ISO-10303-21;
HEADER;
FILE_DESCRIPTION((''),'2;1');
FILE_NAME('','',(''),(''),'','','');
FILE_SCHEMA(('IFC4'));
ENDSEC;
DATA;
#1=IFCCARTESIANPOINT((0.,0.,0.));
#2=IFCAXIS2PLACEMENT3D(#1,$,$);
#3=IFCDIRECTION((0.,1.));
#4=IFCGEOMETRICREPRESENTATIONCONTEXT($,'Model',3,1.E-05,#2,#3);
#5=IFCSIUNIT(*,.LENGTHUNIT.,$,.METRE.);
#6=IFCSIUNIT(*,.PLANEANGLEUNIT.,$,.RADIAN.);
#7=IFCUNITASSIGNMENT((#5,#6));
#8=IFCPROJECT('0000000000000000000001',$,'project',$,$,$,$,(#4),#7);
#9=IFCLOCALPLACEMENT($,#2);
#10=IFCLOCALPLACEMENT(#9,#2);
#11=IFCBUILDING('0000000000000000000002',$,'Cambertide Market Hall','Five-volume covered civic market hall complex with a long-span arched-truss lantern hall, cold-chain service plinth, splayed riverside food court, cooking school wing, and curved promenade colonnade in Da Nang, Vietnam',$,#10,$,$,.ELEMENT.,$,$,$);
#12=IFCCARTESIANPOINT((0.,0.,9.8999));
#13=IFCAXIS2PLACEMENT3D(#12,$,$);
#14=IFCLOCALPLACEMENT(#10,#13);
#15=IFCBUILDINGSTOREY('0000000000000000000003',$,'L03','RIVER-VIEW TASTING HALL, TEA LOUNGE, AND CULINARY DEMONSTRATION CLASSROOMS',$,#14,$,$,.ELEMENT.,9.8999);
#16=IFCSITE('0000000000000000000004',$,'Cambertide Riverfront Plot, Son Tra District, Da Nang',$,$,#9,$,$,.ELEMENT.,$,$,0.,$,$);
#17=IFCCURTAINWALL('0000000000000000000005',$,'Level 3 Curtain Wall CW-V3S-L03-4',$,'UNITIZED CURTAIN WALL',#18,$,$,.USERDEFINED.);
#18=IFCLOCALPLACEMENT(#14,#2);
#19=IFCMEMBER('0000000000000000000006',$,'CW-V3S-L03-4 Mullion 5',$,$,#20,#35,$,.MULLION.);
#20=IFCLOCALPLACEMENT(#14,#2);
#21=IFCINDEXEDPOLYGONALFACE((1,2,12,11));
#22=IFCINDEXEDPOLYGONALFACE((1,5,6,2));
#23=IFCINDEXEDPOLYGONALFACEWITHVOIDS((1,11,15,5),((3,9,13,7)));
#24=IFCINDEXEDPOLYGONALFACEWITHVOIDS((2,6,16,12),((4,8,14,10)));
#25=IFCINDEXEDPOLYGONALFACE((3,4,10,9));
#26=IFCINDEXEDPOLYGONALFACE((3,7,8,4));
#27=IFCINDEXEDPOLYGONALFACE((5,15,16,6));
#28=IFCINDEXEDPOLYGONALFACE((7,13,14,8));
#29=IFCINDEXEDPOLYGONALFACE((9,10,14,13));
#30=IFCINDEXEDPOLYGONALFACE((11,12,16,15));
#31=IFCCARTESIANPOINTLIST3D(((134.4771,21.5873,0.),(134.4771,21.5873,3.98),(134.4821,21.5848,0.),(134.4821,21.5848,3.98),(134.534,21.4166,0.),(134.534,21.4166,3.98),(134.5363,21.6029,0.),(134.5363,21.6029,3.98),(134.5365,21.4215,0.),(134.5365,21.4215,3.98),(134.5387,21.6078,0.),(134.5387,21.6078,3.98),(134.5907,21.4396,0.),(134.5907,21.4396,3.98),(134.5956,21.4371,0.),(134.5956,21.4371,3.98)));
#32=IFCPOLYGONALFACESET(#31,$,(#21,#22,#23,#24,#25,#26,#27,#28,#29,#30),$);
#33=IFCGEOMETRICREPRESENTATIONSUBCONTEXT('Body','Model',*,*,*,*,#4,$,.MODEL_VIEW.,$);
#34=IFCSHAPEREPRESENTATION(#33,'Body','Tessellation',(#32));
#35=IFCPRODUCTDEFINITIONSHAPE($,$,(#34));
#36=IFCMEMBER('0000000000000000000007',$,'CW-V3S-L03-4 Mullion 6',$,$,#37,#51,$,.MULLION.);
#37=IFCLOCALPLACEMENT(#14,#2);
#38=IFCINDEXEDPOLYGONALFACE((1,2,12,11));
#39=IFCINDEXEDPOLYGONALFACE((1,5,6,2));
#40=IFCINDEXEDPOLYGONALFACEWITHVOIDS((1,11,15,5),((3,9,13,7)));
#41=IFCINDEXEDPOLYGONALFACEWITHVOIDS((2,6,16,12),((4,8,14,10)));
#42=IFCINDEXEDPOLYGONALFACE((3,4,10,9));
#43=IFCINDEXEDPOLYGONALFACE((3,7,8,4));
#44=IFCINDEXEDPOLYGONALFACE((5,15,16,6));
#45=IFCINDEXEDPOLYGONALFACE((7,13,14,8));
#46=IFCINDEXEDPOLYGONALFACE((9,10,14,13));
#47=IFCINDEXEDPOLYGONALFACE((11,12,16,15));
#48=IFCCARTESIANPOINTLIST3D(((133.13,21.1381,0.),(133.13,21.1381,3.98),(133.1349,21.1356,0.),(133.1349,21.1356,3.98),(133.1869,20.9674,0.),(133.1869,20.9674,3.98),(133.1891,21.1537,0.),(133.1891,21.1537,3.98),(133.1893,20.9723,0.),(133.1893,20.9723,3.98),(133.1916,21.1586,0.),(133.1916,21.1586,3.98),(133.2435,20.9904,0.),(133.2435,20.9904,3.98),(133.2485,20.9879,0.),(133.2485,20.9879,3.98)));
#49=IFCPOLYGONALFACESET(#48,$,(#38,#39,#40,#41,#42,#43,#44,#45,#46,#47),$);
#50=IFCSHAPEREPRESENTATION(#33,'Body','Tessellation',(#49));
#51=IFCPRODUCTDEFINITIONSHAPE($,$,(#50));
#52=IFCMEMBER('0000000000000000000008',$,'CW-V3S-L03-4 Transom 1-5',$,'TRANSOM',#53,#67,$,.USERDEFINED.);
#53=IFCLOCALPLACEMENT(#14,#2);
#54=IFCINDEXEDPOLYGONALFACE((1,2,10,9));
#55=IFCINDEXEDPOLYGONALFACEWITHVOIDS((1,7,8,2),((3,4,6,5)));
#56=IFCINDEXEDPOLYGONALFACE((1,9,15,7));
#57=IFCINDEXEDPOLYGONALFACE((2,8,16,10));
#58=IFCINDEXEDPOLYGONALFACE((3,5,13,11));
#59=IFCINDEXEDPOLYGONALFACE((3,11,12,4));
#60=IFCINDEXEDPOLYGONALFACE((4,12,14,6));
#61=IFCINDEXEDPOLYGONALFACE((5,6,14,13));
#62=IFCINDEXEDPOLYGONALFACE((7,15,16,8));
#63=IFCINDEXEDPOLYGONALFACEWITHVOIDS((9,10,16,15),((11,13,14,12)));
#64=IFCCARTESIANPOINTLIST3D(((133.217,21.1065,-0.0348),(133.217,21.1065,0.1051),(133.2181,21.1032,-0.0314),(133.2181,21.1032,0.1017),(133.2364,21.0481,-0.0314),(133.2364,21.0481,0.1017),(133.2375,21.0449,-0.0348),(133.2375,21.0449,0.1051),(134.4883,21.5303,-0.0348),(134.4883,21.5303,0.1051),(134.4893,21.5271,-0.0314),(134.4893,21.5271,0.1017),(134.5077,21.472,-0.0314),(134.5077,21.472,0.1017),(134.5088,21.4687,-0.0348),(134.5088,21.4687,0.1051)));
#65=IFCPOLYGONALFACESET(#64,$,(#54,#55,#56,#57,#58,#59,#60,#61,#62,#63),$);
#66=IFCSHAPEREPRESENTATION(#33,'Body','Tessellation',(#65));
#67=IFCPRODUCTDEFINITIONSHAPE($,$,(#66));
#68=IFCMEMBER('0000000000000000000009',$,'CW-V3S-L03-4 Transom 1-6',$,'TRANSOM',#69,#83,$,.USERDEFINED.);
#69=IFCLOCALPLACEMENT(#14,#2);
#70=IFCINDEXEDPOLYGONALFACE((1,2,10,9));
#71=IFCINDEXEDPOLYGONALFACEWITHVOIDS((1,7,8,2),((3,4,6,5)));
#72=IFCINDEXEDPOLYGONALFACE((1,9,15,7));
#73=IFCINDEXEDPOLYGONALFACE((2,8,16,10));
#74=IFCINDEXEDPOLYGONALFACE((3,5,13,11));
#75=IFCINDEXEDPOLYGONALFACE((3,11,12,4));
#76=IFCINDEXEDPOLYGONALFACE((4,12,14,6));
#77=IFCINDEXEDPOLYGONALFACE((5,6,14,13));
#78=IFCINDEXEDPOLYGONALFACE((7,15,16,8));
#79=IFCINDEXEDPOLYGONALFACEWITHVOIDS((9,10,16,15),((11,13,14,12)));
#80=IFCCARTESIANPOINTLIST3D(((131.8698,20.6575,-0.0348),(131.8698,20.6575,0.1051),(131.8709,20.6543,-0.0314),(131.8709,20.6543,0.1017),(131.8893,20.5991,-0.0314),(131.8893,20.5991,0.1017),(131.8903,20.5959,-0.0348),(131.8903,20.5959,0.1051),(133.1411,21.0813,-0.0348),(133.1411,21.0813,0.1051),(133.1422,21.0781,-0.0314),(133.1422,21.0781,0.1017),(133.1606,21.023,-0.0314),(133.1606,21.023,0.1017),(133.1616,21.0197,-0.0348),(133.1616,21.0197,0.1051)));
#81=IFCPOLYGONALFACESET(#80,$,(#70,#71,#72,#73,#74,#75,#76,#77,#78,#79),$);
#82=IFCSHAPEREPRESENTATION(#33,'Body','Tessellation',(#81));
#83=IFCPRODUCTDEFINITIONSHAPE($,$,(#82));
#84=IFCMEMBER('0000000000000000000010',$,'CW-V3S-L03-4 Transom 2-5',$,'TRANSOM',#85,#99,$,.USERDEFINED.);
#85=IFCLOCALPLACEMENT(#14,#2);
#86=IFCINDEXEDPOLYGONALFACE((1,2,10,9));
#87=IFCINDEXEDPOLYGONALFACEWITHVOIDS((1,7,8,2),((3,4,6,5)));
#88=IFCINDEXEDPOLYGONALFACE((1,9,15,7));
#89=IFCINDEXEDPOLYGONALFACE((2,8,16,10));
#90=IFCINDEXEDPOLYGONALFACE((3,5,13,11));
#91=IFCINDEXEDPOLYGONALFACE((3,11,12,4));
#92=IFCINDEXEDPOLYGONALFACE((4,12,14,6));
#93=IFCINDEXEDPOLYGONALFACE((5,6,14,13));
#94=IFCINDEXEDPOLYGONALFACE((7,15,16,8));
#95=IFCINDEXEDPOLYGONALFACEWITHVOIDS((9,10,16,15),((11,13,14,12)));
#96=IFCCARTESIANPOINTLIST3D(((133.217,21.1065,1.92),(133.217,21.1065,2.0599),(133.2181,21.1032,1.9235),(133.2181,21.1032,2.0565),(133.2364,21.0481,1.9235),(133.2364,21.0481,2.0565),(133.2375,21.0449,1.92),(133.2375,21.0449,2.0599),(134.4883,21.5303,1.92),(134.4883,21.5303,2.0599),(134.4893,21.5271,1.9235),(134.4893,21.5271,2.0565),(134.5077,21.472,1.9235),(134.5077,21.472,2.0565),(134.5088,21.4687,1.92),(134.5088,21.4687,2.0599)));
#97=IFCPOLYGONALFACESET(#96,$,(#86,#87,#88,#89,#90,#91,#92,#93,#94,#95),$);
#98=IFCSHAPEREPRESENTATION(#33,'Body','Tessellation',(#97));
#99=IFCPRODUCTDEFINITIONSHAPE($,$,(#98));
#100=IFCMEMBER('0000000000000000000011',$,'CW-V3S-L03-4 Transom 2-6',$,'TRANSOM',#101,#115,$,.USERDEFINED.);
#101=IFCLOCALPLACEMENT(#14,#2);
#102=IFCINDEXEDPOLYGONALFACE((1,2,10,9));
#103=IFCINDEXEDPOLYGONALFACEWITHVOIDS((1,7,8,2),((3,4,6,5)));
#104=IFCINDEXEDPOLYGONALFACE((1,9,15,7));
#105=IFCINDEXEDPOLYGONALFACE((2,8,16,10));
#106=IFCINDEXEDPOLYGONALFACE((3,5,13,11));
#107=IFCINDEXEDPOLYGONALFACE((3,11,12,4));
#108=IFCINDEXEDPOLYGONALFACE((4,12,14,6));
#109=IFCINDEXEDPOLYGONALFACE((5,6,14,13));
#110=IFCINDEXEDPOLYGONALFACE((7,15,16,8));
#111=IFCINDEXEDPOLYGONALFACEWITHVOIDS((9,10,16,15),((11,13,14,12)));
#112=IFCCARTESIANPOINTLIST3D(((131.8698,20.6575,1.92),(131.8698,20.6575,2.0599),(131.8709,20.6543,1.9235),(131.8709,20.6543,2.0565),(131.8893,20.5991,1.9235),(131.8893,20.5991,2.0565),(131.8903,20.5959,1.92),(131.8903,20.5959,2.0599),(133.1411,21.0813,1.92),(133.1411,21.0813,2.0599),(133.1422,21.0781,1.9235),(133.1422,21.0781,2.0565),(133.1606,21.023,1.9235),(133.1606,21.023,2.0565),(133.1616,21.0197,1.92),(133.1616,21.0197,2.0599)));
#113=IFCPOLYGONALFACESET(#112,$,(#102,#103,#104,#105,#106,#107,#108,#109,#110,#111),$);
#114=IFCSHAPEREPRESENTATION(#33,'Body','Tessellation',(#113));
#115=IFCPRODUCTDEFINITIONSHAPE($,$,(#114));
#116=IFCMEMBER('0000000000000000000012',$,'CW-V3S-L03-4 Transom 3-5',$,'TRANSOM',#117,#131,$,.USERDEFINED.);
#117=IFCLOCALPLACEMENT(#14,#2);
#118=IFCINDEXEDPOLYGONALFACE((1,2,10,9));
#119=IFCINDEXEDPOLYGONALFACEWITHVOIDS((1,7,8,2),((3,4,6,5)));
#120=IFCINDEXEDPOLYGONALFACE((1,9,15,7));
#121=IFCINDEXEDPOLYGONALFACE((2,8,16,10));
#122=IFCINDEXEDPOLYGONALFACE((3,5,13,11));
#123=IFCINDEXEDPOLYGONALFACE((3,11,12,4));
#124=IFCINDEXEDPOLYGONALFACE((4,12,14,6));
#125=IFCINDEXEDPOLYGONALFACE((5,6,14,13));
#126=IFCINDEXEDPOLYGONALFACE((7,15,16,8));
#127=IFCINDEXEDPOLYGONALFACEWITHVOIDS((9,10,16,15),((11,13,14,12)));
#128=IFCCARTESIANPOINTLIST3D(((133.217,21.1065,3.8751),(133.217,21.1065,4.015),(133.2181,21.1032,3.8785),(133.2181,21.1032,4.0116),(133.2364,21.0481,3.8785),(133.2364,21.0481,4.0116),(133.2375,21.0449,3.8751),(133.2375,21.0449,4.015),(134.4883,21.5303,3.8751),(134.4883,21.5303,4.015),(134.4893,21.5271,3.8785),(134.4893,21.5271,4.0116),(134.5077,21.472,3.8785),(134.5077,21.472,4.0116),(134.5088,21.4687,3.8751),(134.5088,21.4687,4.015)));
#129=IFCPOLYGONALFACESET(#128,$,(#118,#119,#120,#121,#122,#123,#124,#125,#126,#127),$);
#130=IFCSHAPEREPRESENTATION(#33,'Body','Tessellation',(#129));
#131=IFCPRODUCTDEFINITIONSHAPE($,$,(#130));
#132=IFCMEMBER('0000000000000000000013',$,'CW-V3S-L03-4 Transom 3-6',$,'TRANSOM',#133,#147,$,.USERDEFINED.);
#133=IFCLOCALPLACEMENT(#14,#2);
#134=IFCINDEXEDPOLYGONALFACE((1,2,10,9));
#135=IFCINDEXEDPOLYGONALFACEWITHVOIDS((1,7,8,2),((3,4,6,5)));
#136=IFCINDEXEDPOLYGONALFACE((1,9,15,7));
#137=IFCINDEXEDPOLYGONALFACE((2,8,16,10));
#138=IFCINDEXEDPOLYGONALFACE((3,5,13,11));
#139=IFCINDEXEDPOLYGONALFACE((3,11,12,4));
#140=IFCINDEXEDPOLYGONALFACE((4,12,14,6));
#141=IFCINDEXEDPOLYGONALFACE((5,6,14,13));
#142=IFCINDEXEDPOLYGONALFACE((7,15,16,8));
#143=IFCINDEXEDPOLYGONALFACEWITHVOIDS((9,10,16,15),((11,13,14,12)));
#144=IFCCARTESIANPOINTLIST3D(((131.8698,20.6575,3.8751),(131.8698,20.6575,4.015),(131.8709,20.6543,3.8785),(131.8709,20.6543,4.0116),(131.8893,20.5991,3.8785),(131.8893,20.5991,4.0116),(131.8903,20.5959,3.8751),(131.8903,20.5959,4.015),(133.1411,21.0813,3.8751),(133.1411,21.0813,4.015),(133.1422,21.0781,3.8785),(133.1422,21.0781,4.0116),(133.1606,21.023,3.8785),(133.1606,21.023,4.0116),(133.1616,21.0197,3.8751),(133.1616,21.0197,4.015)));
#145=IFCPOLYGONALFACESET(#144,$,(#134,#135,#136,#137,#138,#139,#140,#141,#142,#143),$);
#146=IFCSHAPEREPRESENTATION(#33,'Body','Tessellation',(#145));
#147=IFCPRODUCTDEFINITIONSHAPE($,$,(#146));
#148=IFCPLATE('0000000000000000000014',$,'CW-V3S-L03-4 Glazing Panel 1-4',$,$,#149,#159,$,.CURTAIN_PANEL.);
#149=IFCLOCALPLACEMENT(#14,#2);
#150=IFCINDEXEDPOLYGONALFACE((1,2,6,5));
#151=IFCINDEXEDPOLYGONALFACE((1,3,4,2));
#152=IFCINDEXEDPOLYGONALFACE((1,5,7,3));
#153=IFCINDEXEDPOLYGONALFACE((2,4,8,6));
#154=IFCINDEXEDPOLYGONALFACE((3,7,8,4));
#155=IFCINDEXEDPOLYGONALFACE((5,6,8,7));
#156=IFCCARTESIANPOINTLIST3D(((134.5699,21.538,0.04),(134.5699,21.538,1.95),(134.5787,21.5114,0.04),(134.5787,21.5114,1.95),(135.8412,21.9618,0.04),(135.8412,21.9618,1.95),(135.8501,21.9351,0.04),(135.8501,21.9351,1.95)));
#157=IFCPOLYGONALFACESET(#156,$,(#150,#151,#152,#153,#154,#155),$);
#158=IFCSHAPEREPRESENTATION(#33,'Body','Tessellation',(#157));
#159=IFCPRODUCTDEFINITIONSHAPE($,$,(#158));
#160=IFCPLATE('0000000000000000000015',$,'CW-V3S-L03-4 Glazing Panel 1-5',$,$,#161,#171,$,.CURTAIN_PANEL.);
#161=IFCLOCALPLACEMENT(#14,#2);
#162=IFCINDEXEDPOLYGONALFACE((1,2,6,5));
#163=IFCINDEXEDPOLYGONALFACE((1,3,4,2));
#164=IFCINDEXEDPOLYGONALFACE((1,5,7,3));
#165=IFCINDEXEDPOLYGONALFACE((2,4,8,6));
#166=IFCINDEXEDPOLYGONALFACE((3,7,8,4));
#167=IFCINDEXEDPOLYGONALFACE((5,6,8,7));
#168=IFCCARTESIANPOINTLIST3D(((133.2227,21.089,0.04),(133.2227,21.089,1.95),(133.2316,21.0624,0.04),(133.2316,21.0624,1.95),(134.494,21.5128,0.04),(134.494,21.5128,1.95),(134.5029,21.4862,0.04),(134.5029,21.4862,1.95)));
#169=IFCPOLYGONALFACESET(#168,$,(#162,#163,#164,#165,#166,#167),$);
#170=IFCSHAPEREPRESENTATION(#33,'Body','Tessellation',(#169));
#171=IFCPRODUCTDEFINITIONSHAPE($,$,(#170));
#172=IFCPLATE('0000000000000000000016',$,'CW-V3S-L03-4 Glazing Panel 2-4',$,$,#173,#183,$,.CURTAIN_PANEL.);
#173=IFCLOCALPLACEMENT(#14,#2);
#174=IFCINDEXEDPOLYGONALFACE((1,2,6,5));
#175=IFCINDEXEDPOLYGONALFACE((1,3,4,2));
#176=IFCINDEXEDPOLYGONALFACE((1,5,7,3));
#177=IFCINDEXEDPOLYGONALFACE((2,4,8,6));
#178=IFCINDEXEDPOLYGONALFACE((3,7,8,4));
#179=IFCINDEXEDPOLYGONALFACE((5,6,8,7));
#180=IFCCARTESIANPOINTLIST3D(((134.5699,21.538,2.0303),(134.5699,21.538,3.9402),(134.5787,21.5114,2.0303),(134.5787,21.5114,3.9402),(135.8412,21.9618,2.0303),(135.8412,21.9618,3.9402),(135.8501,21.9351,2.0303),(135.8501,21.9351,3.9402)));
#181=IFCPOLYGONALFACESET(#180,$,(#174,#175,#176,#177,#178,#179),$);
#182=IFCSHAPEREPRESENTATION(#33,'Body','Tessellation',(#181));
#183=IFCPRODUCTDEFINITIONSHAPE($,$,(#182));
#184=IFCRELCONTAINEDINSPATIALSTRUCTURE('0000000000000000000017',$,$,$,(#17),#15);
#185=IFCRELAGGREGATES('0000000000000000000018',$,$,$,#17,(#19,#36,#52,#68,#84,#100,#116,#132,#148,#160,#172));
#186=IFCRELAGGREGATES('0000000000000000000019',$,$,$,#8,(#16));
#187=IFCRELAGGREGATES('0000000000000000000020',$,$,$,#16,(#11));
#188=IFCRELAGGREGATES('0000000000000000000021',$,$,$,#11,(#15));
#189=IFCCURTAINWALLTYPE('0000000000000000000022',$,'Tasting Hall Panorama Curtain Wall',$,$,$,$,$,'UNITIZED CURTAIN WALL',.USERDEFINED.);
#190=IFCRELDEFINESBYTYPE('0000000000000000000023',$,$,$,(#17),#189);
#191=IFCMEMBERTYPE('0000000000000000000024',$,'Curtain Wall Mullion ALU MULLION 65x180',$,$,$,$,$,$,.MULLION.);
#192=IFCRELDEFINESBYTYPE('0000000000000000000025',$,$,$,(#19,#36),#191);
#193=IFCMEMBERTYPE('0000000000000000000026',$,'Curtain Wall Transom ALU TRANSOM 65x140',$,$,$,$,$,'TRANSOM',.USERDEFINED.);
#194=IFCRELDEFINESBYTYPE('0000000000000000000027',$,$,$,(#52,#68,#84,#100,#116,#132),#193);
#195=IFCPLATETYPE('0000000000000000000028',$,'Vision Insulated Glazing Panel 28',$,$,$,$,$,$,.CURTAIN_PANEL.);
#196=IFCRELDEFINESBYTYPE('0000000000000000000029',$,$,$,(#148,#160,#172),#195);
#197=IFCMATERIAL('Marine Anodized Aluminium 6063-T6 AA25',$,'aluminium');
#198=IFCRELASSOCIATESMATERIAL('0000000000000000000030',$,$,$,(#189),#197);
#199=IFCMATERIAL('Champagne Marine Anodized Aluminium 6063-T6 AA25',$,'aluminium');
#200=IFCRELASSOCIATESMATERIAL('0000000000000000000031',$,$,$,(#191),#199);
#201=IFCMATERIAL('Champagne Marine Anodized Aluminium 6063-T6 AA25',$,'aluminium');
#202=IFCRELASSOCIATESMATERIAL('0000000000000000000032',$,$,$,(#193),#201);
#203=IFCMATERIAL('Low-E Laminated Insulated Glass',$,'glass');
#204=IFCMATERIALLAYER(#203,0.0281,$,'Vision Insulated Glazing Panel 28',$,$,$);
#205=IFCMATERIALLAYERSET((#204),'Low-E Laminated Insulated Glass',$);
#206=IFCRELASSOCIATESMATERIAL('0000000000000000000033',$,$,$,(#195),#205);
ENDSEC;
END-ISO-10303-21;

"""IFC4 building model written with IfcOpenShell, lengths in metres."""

from ifc_helpers import new_model, si_unit, direction, frame, origin, origin_2d, place, context, subcontext, project, spatial, rectangle, hollow_rectangle, extrude, material, layer, layer_set, material_profile, profile_set, type_object, element, aggregate, save


model = new_model("IFC4")

# Units and contexts
model_context = context("Model", 3, precision=1e-05, world=origin(), true_north=direction((0.0, 1.0)))
body_context = subcontext(model_context, "Body", "Model", "MODEL_VIEW")
ifc_project = project(units=[si_unit("LENGTHUNIT", "METRE"), si_unit("PLANEANGLEUNIT", "RADIAN")], contexts=[model_context])

# Site, building, storey
site_placement = place(None, origin())
site = spatial("IfcSite", under=ifc_project, at=site_placement, Name="Cambertide Riverfront Plot, Son Tra District, Da Nang", CompositionType="ELEMENT", RefElevation=0.0)
building_placement = place(site_placement, origin())
building = spatial("IfcBuilding", under=site, at=building_placement, Name="Cambertide Market Hall", Description="Five-volume covered civic market hall complex with a long-span arched-truss lantern hall, cold-chain service plinth, splayed riverside food court, cooking school wing, and curved promenade colonnade in Da Nang, Vietnam", CompositionType="ELEMENT")
storey_placement = place(building_placement, frame((0.0, 0.0, 9.8999)))
storey = spatial("IfcBuildingStorey", under=building, at=storey_placement, Name="L03", Description="RIVER-VIEW TASTING HALL, TEA LOUNGE, AND CULINARY DEMONSTRATION CLASSROOMS", CompositionType="ELEMENT", Elevation=9.8999)

# Curtain wall, members, plates
ifc_material_1 = material(Name="Marine Anodized Aluminium 6063-T6 AA25", Category="aluminium")
curtain_wall_type = type_object("IfcCurtainWallType", Name="Tasting Hall Panorama Curtain Wall", ElementType="UNITIZED CURTAIN WALL", PredefinedType="USERDEFINED", material=ifc_material_1)
curtain_wall_placement = place(storey_placement, origin())
curtain_wall = element("IfcCurtainWall", 1, at=curtain_wall_placement, inside=storey, type_object=curtain_wall_type, Name="Level 3 Curtain Wall CW-V3S-L03-4", ObjectType="UNITIZED CURTAIN WALL", PredefinedType="USERDEFINED")
ifc_material_2 = material(Name="Champagne Marine Anodized Aluminium 6063-T6 AA25", Category="aluminium")
ifc_material_profile_1 = material_profile(ifc_material_2, hollow_rectangle(XDim=0.0649, YDim=0.1799, WallThickness=0.0039, at=origin_2d()), Name="ALU MULLION 65x180")
ifc_profile_set_1 = profile_set([ifc_material_profile_1], Name="Champagne Marine Anodized Aluminium 6063-T6 AA25")
member_type_1 = type_object("IfcMemberType", Name="Curtain Wall Mullion ALU MULLION 65x180", PredefinedType="MULLION", material=ifc_profile_set_1)
member_1_placement = place(storey_placement, frame((134.5364, 21.5122, 0.0), z_axis=(0.0, 0.0, 1.0), x_axis=(-0.948683, -0.316228, 0.0)))
member_1 = element("IfcMember", 2, at=member_1_placement, type_object=member_type_1, Name="CW-V3S-L03-4 Mullion 5", PredefinedType="MULLION", context=body_context, shape_type="SweptSolid", body=[
    extrude(hollow_rectangle(XDim=0.0649, YDim=0.1799, WallThickness=0.0039, at=origin_2d()), origin(), (0.0, 0.0, 1.0), 3.98),
])
member_2_placement = place(storey_placement, frame((133.1892, 21.063, 0.0), z_axis=(0.0, 0.0, 1.0), x_axis=(-0.948683, -0.316228, 0.0)))
member_2 = element("IfcMember", 3, at=member_2_placement, type_object=member_type_1, Name="CW-V3S-L03-4 Mullion 6", PredefinedType="MULLION", context=body_context, shape_type="SweptSolid", body=[
    extrude(hollow_rectangle(XDim=0.0649, YDim=0.1799, WallThickness=0.0039, at=origin_2d()), origin(), (0.0, 0.0, 1.0), 3.98),
])
ifc_material_3 = material(Name="Champagne Marine Anodized Aluminium 6063-T6 AA25", Category="aluminium")
ifc_material_profile_2 = material_profile(ifc_material_3, hollow_rectangle(XDim=0.0649, YDim=0.1399, WallThickness=0.0034, at=origin_2d()), Name="ALU TRANSOM 65x140")
ifc_profile_set_2 = profile_set([ifc_material_profile_2], Name="Champagne Marine Anodized Aluminium 6063-T6 AA25")
member_type_2 = type_object("IfcMemberType", Name="Curtain Wall Transom ALU TRANSOM 65x140", ElementType="TRANSOM", PredefinedType="USERDEFINED", material=ifc_profile_set_2)
member_3_placement = place(storey_placement, frame((134.4985, 21.4995, 0.0352), z_axis=(-0.948665, -0.316282, 0.0), x_axis=(0.316282, -0.948665, 0.0)))
member_3 = element("IfcMember", 4, at=member_3_placement, type_object=member_type_2, Name="CW-V3S-L03-4 Transom 1-5", ObjectType="TRANSOM", PredefinedType="USERDEFINED", context=body_context, shape_type="SweptSolid", body=[
    extrude(hollow_rectangle(XDim=0.0649, YDim=0.1399, WallThickness=0.0034, at=origin_2d()), origin(), (0.0, 0.0, 1.0), 1.3401),
])
member_4_placement = place(storey_placement, frame((133.1514, 21.0505, 0.0352), z_axis=(-0.948665, -0.316282, 0.0), x_axis=(0.316282, -0.948665, 0.0)))
member_4 = element("IfcMember", 5, at=member_4_placement, type_object=member_type_2, Name="CW-V3S-L03-4 Transom 1-6", ObjectType="TRANSOM", PredefinedType="USERDEFINED", context=body_context, shape_type="SweptSolid", body=[
    extrude(hollow_rectangle(XDim=0.0649, YDim=0.1399, WallThickness=0.0034, at=origin_2d()), origin(), (0.0, 0.0, 1.0), 1.3401),
])
member_5_placement = place(storey_placement, frame((134.4985, 21.4995, 1.99), z_axis=(-0.948665, -0.316282, 0.0), x_axis=(0.316282, -0.948665, 0.0)))
member_5 = element("IfcMember", 6, at=member_5_placement, type_object=member_type_2, Name="CW-V3S-L03-4 Transom 2-5", ObjectType="TRANSOM", PredefinedType="USERDEFINED", context=body_context, shape_type="SweptSolid", body=[
    extrude(hollow_rectangle(XDim=0.0649, YDim=0.1399, WallThickness=0.0034, at=origin_2d()), origin(), (0.0, 0.0, 1.0), 1.3401),
])
member_6_placement = place(storey_placement, frame((133.1514, 21.0505, 1.99), z_axis=(-0.948665, -0.316282, 0.0), x_axis=(0.316282, -0.948665, 0.0)))
member_6 = element("IfcMember", 7, at=member_6_placement, type_object=member_type_2, Name="CW-V3S-L03-4 Transom 2-6", ObjectType="TRANSOM", PredefinedType="USERDEFINED", context=body_context, shape_type="SweptSolid", body=[
    extrude(hollow_rectangle(XDim=0.0649, YDim=0.1399, WallThickness=0.0034, at=origin_2d()), origin(), (0.0, 0.0, 1.0), 1.3401),
])
member_7_placement = place(storey_placement, frame((134.4985, 21.4995, 3.9451), z_axis=(-0.948665, -0.316282, 0.0), x_axis=(0.316282, -0.948665, 0.0)))
member_7 = element("IfcMember", 8, at=member_7_placement, type_object=member_type_2, Name="CW-V3S-L03-4 Transom 3-5", ObjectType="TRANSOM", PredefinedType="USERDEFINED", context=body_context, shape_type="SweptSolid", body=[
    extrude(hollow_rectangle(XDim=0.0649, YDim=0.1399, WallThickness=0.0034, at=origin_2d()), origin(), (0.0, 0.0, 1.0), 1.3401),
])
member_8_placement = place(storey_placement, frame((133.1514, 21.0505, 3.9451), z_axis=(-0.948665, -0.316282, 0.0), x_axis=(0.316282, -0.948665, 0.0)))
member_8 = element("IfcMember", 9, at=member_8_placement, type_object=member_type_2, Name="CW-V3S-L03-4 Transom 3-6", ObjectType="TRANSOM", PredefinedType="USERDEFINED", context=body_context, shape_type="SweptSolid", body=[
    extrude(hollow_rectangle(XDim=0.0649, YDim=0.1399, WallThickness=0.0034, at=origin_2d()), origin(), (0.0, 0.0, 1.0), 1.3401),
])
ifc_material_4 = material(Name="Low-E Laminated Insulated Glass", Category="glass")
ifc_layer_1 = layer(ifc_material_4, 0.0281, Name="Vision Insulated Glazing Panel 28")
ifc_layer_set_1 = layer_set([ifc_layer_1], Name="Low-E Laminated Insulated Glass")
plate_type = type_object("IfcPlateType", Name="Vision Insulated Glazing Panel 28", PredefinedType="CURTAIN_PANEL", material=ifc_layer_set_1)
plate_1_placement = place(storey_placement, frame((135.21, 21.7366, 0.04), z_axis=(0.0, 0.0, 1.0), x_axis=(-0.948683, -0.316228, 0.0)))
plate_1 = element("IfcPlate", 10, at=plate_1_placement, type_object=plate_type, Name="CW-V3S-L03-4 Glazing Panel 1-4", PredefinedType="CURTAIN_PANEL", context=body_context, shape_type="SweptSolid", body=[
    extrude(rectangle(XDim=1.3401, YDim=0.0281, at=origin_2d()), origin(), (0.0, 0.0, 1.0), 1.9099),
])
plate_2_placement = place(storey_placement, frame((133.8628, 21.2876, 0.04), z_axis=(0.0, 0.0, 1.0), x_axis=(-0.948683, -0.316228, 0.0)))
plate_2 = element("IfcPlate", 11, at=plate_2_placement, type_object=plate_type, Name="CW-V3S-L03-4 Glazing Panel 1-5", PredefinedType="CURTAIN_PANEL", context=body_context, shape_type="SweptSolid", body=[
    extrude(rectangle(XDim=1.3401, YDim=0.0281, at=origin_2d()), origin(), (0.0, 0.0, 1.0), 1.9099),
])
plate_3_placement = place(storey_placement, frame((135.21, 21.7366, 2.0303), z_axis=(0.0, 0.0, 1.0), x_axis=(-0.948683, -0.316228, 0.0)))
plate_3 = element("IfcPlate", 12, at=plate_3_placement, type_object=plate_type, Name="CW-V3S-L03-4 Glazing Panel 2-4", PredefinedType="CURTAIN_PANEL", context=body_context, shape_type="SweptSolid", body=[
    extrude(rectangle(XDim=1.3401, YDim=0.0281, at=origin_2d()), origin(), (0.0, 0.0, 1.0), 1.9099),
])
aggregate(curtain_wall, [member_1, member_2, member_3, member_4, member_5, member_6, member_7, member_8, plate_1, plate_2, plate_3])

save(model, "model.ifc")
